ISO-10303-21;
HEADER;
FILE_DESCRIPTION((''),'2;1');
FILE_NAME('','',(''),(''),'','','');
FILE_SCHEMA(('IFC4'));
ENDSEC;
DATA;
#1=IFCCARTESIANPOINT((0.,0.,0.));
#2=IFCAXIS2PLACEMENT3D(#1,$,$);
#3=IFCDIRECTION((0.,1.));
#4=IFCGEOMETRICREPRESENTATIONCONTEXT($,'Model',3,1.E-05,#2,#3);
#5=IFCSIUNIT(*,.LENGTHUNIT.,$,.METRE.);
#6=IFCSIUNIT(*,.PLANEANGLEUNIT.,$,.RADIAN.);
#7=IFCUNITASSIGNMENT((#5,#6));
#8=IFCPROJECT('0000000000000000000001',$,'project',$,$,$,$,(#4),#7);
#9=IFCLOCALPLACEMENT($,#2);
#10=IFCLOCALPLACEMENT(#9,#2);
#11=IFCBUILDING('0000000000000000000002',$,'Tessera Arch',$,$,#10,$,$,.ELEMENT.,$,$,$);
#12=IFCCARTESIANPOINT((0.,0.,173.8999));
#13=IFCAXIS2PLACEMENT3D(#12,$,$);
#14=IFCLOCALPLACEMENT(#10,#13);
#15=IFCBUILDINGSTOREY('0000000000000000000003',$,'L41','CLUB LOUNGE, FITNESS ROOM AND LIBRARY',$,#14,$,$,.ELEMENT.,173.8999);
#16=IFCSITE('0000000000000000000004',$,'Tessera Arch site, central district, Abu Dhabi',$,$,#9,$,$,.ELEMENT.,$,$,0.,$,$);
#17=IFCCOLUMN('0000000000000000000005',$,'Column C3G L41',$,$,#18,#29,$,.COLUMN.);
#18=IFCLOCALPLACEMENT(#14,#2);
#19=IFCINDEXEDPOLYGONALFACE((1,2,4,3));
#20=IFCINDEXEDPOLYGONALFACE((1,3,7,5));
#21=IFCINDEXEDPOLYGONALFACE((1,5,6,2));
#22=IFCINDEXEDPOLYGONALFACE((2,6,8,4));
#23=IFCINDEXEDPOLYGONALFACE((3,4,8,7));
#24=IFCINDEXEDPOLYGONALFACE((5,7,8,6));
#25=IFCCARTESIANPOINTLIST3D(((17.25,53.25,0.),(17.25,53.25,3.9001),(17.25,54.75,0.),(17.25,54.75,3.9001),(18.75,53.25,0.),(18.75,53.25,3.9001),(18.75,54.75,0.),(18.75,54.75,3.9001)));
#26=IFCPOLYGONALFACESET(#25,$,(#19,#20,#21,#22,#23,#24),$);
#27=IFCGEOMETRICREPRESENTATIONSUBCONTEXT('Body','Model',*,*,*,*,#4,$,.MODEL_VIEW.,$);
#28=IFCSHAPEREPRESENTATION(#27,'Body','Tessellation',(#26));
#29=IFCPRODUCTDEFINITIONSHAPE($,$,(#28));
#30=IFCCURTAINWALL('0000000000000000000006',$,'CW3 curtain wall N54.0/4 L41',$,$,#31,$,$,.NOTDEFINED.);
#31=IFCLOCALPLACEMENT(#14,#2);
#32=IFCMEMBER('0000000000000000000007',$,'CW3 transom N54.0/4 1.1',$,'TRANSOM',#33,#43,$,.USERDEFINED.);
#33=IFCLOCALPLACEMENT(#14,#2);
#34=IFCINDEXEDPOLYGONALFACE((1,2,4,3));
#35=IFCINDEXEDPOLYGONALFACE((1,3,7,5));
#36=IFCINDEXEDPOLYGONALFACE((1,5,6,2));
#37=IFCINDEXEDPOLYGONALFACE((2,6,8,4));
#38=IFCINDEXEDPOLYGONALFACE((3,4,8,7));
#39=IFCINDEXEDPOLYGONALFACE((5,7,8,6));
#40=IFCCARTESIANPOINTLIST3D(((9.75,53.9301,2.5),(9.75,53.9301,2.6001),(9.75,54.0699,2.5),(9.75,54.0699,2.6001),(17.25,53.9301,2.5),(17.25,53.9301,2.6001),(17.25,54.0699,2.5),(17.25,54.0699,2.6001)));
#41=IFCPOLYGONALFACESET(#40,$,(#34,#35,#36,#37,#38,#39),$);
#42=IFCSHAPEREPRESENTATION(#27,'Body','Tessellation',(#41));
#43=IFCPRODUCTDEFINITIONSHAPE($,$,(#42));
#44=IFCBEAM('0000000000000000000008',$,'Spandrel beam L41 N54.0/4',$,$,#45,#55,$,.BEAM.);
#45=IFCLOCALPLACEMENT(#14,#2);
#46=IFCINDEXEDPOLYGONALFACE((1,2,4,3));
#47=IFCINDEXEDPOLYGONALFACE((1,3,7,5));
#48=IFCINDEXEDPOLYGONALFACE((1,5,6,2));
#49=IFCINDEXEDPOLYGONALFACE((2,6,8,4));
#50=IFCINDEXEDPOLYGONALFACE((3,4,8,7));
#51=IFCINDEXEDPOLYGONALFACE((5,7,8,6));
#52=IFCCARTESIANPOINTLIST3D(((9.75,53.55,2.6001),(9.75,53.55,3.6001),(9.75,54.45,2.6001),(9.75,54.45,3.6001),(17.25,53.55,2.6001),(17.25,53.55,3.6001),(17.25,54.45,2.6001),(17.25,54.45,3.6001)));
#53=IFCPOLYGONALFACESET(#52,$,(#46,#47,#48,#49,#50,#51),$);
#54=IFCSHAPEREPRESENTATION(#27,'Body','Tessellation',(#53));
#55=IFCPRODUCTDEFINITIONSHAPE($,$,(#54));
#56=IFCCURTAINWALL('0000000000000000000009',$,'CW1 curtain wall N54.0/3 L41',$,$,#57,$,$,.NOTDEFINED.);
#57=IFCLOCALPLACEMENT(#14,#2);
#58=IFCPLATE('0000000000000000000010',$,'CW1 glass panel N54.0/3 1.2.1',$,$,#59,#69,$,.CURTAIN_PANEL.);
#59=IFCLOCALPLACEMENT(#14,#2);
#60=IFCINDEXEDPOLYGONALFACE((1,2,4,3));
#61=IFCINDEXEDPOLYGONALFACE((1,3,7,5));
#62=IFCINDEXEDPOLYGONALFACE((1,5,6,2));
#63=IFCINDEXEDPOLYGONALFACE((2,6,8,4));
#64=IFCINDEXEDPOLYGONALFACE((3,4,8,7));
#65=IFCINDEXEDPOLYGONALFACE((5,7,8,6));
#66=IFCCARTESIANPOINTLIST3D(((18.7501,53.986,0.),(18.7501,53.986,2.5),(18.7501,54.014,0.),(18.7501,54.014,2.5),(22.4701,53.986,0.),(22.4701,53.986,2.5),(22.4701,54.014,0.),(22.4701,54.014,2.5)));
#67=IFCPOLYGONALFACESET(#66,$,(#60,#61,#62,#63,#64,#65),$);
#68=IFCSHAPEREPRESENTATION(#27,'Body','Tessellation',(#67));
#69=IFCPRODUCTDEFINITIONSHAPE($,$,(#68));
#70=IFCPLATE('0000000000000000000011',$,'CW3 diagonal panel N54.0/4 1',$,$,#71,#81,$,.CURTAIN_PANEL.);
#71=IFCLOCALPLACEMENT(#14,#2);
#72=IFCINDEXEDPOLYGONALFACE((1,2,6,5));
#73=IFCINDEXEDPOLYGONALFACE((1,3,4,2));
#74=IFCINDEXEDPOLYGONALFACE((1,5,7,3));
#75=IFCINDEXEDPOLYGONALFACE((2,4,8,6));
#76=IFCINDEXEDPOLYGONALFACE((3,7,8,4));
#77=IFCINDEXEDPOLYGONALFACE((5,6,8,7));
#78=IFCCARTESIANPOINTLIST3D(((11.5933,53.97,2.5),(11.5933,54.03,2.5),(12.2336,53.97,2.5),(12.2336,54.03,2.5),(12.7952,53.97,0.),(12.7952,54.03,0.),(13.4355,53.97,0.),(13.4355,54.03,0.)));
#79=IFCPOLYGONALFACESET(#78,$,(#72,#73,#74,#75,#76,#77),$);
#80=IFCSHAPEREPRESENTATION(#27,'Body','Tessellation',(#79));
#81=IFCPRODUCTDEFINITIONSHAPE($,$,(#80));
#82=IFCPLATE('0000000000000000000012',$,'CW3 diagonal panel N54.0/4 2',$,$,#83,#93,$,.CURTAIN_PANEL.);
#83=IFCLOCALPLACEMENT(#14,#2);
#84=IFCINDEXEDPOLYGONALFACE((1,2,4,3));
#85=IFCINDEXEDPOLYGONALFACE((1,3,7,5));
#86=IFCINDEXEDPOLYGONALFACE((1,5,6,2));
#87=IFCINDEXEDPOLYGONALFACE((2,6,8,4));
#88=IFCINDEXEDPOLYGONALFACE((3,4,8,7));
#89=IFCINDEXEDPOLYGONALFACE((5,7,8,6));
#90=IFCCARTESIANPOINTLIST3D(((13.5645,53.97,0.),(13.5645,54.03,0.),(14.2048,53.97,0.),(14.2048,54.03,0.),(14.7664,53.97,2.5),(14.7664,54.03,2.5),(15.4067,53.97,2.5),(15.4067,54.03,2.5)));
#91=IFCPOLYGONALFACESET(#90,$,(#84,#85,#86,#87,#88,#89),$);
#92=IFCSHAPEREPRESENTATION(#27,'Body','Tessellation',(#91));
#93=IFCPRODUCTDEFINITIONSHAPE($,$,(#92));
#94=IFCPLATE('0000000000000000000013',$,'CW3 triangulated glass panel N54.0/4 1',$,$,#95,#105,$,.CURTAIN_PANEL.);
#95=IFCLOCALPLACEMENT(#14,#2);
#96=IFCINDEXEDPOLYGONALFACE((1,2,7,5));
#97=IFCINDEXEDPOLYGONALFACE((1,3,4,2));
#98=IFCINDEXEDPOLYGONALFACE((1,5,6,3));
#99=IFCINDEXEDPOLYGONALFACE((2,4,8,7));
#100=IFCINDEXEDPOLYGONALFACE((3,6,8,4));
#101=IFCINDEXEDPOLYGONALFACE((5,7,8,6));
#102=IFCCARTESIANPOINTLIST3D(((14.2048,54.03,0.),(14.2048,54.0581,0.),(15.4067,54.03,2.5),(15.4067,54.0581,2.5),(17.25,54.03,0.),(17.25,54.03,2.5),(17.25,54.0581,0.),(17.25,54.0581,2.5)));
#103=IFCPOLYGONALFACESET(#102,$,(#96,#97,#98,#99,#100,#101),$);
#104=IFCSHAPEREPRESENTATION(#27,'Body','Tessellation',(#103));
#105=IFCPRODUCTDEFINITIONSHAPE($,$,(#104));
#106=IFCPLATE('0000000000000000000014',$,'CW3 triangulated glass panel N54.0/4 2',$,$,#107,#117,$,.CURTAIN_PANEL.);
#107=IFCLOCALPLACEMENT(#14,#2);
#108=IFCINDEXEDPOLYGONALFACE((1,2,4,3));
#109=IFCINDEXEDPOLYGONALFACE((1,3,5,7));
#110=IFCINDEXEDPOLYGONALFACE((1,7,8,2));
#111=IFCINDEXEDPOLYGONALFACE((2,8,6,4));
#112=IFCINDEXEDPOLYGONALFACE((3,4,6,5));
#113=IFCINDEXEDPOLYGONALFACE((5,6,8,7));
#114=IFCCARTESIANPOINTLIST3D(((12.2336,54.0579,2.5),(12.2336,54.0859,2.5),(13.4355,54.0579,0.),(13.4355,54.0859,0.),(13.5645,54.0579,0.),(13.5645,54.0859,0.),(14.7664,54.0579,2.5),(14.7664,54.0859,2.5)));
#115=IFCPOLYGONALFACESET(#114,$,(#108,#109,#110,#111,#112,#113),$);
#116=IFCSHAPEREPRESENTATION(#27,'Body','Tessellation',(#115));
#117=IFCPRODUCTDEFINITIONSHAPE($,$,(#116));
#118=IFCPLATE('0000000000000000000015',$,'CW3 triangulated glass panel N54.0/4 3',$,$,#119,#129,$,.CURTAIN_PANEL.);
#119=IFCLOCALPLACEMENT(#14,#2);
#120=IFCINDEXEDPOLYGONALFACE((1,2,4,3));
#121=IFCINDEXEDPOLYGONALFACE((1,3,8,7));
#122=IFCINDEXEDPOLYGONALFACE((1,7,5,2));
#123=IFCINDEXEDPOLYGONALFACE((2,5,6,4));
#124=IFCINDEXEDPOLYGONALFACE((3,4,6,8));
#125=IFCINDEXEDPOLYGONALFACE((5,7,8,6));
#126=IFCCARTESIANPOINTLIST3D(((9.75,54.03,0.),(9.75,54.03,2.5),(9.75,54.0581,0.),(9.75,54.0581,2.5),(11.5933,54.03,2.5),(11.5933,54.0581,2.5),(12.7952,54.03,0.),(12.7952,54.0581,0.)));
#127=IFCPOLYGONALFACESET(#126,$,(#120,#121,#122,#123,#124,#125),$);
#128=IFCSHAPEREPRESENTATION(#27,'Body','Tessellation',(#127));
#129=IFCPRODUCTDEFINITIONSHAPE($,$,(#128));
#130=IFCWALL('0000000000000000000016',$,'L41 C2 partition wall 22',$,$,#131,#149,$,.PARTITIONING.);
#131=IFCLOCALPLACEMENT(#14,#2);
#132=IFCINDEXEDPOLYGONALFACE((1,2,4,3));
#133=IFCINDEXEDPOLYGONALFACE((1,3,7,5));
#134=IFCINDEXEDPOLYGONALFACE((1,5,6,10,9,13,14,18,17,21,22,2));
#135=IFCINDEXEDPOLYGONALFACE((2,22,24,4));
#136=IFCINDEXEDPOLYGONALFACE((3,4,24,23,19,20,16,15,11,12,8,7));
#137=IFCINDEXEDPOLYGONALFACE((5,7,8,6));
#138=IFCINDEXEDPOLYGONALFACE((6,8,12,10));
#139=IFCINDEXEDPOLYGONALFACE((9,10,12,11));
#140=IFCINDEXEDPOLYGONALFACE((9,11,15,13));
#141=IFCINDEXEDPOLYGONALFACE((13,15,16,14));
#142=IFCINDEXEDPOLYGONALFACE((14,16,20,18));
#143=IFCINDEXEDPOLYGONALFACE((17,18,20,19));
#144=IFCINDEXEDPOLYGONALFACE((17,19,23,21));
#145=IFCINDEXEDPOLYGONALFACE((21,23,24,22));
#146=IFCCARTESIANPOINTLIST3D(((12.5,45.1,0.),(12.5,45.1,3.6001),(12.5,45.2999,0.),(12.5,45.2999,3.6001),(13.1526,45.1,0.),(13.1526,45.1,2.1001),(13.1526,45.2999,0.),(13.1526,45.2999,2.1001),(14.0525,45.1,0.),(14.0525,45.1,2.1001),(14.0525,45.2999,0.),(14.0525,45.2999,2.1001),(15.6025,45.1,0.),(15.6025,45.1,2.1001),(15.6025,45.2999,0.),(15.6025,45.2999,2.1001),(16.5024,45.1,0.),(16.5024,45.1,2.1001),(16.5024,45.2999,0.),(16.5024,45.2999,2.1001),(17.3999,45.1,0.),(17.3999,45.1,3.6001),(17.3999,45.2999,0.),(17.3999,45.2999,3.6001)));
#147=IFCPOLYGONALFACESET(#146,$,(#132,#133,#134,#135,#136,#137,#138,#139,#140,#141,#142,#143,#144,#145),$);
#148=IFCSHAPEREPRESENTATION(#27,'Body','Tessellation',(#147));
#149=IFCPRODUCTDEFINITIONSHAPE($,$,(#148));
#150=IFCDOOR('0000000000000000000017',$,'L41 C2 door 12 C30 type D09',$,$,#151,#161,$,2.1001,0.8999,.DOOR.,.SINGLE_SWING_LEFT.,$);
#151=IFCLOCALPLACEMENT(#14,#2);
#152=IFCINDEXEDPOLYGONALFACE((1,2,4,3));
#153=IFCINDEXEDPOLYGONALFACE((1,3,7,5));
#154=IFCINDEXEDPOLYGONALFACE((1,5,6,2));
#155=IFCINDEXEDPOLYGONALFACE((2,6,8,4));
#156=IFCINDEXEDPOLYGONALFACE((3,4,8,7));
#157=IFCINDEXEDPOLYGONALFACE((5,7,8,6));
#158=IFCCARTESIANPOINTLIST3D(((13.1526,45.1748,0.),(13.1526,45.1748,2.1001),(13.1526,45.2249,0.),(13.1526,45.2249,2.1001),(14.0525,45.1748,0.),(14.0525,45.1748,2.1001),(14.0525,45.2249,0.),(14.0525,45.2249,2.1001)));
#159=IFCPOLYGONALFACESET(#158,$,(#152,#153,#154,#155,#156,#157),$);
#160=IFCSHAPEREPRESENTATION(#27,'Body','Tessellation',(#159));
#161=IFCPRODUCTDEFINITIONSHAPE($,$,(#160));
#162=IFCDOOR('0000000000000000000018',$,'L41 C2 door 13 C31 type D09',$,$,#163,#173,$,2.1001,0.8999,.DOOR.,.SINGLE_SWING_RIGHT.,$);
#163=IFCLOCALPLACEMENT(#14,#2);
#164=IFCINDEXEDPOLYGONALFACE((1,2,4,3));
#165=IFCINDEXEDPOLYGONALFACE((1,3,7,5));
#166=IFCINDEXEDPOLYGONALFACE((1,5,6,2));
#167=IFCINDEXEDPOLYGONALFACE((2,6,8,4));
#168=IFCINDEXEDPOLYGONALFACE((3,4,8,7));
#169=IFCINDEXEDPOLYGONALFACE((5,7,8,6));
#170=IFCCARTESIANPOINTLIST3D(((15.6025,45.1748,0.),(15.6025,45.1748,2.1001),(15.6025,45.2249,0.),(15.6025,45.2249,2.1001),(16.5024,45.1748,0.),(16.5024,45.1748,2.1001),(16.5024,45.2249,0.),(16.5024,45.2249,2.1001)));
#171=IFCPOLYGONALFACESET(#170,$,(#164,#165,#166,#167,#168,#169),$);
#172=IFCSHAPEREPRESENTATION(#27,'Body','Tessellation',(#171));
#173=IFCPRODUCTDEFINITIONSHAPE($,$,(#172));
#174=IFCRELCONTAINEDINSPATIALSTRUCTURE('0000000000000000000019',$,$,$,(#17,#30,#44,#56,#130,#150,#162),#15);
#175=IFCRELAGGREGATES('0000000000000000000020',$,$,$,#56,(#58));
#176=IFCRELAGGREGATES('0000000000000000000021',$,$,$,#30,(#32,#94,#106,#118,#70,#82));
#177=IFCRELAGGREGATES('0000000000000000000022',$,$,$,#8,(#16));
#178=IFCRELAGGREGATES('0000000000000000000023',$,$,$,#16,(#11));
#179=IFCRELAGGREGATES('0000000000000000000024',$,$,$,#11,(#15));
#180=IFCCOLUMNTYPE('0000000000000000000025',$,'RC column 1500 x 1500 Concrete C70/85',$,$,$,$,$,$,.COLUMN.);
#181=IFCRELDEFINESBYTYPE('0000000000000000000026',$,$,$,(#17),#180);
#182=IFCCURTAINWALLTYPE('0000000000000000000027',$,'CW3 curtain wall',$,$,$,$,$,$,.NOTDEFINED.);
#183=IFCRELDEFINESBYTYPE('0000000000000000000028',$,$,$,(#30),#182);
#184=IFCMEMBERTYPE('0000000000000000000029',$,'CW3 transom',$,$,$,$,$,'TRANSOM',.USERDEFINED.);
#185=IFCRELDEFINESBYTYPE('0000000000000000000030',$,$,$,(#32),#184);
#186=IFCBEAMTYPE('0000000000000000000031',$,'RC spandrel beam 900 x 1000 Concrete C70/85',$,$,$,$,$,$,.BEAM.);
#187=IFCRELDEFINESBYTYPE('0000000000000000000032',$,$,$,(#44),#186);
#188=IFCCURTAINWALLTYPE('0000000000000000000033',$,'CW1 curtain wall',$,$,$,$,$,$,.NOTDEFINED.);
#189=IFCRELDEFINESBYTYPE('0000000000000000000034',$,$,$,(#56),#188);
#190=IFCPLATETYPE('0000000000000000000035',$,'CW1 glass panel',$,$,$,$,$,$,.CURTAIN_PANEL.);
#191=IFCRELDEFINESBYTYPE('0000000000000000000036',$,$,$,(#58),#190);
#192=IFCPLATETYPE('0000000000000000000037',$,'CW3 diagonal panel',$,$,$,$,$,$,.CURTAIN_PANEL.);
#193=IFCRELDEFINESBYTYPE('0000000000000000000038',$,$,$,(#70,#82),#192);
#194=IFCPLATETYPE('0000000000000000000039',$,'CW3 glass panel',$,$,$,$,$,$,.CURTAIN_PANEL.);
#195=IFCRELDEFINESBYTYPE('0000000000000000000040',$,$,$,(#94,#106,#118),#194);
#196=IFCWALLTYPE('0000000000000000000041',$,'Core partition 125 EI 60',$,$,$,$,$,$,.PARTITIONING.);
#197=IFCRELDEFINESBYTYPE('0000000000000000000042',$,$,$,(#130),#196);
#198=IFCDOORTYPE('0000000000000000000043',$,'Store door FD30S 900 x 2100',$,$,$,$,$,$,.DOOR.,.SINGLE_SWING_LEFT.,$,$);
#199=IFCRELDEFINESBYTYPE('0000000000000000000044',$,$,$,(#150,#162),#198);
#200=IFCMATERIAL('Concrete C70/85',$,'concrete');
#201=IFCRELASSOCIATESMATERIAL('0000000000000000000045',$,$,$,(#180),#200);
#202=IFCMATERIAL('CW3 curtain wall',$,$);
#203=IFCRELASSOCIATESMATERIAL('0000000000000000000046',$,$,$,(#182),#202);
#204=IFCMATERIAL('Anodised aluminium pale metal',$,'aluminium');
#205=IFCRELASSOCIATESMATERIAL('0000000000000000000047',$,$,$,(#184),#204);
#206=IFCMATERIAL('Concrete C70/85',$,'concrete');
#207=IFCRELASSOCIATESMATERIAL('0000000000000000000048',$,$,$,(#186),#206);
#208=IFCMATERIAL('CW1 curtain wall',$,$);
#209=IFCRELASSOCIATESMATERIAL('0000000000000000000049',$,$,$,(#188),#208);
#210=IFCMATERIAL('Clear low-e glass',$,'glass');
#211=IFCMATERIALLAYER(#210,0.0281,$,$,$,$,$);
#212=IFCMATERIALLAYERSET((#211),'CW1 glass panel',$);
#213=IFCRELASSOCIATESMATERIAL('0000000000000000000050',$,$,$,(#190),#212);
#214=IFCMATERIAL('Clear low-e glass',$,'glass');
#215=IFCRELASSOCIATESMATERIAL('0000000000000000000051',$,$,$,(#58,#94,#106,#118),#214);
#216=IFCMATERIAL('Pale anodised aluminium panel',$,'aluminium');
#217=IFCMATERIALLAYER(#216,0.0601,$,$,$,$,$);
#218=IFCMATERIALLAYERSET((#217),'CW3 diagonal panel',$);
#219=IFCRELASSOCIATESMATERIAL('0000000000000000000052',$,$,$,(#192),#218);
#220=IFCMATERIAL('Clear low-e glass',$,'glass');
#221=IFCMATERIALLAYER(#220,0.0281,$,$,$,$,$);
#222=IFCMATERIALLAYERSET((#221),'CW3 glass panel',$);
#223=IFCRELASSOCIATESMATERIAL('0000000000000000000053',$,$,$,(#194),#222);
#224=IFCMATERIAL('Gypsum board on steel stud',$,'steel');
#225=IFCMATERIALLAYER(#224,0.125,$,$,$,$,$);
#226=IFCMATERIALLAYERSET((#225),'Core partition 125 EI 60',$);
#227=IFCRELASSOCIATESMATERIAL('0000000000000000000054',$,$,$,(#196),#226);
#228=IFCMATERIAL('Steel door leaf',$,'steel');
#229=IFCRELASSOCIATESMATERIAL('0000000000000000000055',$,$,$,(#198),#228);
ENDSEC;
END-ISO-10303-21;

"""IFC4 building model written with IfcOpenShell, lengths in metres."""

from ifc_helpers import new_model, si_unit, direction, frame, frame_2d, origin, origin_2d, place, context, subcontext, project, spatial, polyline, rectangle, outline, extrude, material, layer, layer_set, material_profile, profile_set, type_object, element, fill, aggregate, save


model = new_model("IFC4")

# Units and contexts
model_context = context("Model", 3, precision=1e-05, world=origin(), true_north=direction((0.0, 1.0)))
body_context = subcontext(model_context, "Body", "Model", "MODEL_VIEW")
ifc_project = project(units=[si_unit("LENGTHUNIT", "METRE"), si_unit("PLANEANGLEUNIT", "RADIAN")], contexts=[model_context])

# Site, building, storey
site_placement = place(None, origin())
site = spatial("IfcSite", under=ifc_project, at=site_placement, Name="Tessera Arch site, central district, Abu Dhabi", CompositionType="ELEMENT", RefElevation=0.0)
building_placement = place(site_placement, origin())
building = spatial("IfcBuilding", under=site, at=building_placement, Name="Tessera Arch", CompositionType="ELEMENT")
storey_placement = place(building_placement, frame((0.0, 0.0, 173.8999)))
storey = spatial("IfcBuildingStorey", under=building, at=storey_placement, Name="L41", Description="CLUB LOUNGE, FITNESS ROOM AND LIBRARY", CompositionType="ELEMENT", Elevation=173.8999)

# Column
ifc_material_1 = material(Name="Concrete C70/85", Category="concrete")
ifc_material_profile_1 = material_profile(ifc_material_1, rectangle(XDim=1.5, YDim=1.5, at=origin_2d()), Name="RC column 1500 x 1500 Concrete C70/85")
ifc_profile_set_1 = profile_set([ifc_material_profile_1], Name="Concrete C70/85")
column_type = type_object("IfcColumnType", Name="RC column 1500 x 1500 Concrete C70/85", PredefinedType="COLUMN", material=ifc_profile_set_1)
column_placement = place(storey_placement, frame((18.0, 54.0, 0.0), z_axis=(0.0, 0.0, 1.0), x_axis=(1.0, 0.0, 0.0)))
element("IfcColumn", 1, at=column_placement, inside=storey, type_object=column_type, Name="Column C3G L41", PredefinedType="COLUMN", context=body_context, shape_type="SweptSolid", body=[
    extrude(rectangle(XDim=1.5, YDim=1.5, at=origin_2d()), origin(), (0.0, 0.0, 1.0), 3.9001),
])

# Curtain wall, member
ifc_material_2 = material(Name="CW3 curtain wall")
curtain_wall_type_1 = type_object("IfcCurtainWallType", Name="CW3 curtain wall", PredefinedType="NOTDEFINED", material=ifc_material_2)
curtain_wall_1_placement = place(storey_placement, origin())
curtain_wall_1 = element("IfcCurtainWall", 2, at=curtain_wall_1_placement, inside=storey, type_object=curtain_wall_type_1, Name="CW3 curtain wall N54.0/4 L41", PredefinedType="NOTDEFINED")
ifc_material_3 = material(Name="Anodised aluminium pale metal", Category="aluminium")
ifc_material_profile_2 = material_profile(ifc_material_3, rectangle(XDim=0.1399, YDim=0.1001, at=origin_2d()), Name="AL 140x100")
ifc_profile_set_2 = profile_set([ifc_material_profile_2], Name="Anodised aluminium pale metal")
member_type = type_object("IfcMemberType", Name="CW3 transom", ElementType="TRANSOM", PredefinedType="USERDEFINED", material=ifc_profile_set_2)
member_placement = place(storey_placement, frame((17.25, 54.0, 2.55), z_axis=(-1.0, 0.0, 0.0), x_axis=(0.0, -1.0, 0.0)))
member = element("IfcMember", 3, at=member_placement, type_object=member_type, Name="CW3 transom N54.0/4 1.1", ObjectType="TRANSOM", PredefinedType="USERDEFINED", context=body_context, shape_type="SweptSolid", body=[
    extrude(rectangle(XDim=0.1399, YDim=0.1001, at=origin_2d()), origin(), (0.0, 0.0, 1.0), 7.5),
])

# Beam
ifc_material_4 = material(Name="Concrete C70/85", Category="concrete")
ifc_material_profile_3 = material_profile(ifc_material_4, rectangle(XDim=0.8999, YDim=1.0, at=origin_2d()), Name="RC spandrel beam 900 x 1000 Concrete C70/85")
ifc_profile_set_3 = profile_set([ifc_material_profile_3], Name="Concrete C70/85")
beam_type = type_object("IfcBeamType", Name="RC spandrel beam 900 x 1000 Concrete C70/85", PredefinedType="BEAM", material=ifc_profile_set_3)
beam_placement = place(storey_placement, frame((17.25, 54.0, 3.1001), z_axis=(-1.0, 0.0, 0.0), x_axis=(0.0, -1.0, 0.0)))
element("IfcBeam", 4, at=beam_placement, inside=storey, type_object=beam_type, Name="Spandrel beam L41 N54.0/4", PredefinedType="BEAM", context=body_context, shape_type="SweptSolid", body=[
    extrude(rectangle(XDim=0.8999, YDim=1.0, at=origin_2d()), origin(), (0.0, 0.0, 1.0), 7.5),
])

# Curtain wall, plate
ifc_material_5 = material(Name="CW1 curtain wall")
curtain_wall_type_2 = type_object("IfcCurtainWallType", Name="CW1 curtain wall", PredefinedType="NOTDEFINED", material=ifc_material_5)
curtain_wall_2_placement = place(storey_placement, origin())
curtain_wall_2 = element("IfcCurtainWall", 5, at=curtain_wall_2_placement, inside=storey, type_object=curtain_wall_type_2, Name="CW1 curtain wall N54.0/3 L41", PredefinedType="NOTDEFINED")
ifc_material_6 = material(Name="Clear low-e glass", Category="glass")
ifc_material_7 = material(Name="Clear low-e glass", Category="glass")
ifc_layer_1 = layer(ifc_material_7, 0.0281)
ifc_layer_set_1 = layer_set([ifc_layer_1], Name="CW1 glass panel")
plate_type_1 = type_object("IfcPlateType", Name="CW1 glass panel", PredefinedType="CURTAIN_PANEL", material=ifc_layer_set_1)
plate_1_placement = place(storey_placement, frame((20.6101, 54.0, 0.0), z_axis=(0.0, 0.0, 1.0), x_axis=(-1.0, 0.0, 0.0)))
plate_1 = element("IfcPlate", 6, at=plate_1_placement, type_object=plate_type_1, material=ifc_material_6, Name="CW1 glass panel N54.0/3 1.2.1", PredefinedType="CURTAIN_PANEL", context=body_context, shape_type="SweptSolid", body=[
    extrude(rectangle(XDim=3.72, YDim=0.0281, at=origin_2d()), origin(), (0.0, 0.0, 1.0), 2.5),
])
aggregate(curtain_wall_2, [plate_1])

# Plates
ifc_material_8 = material(Name="Pale anodised aluminium panel", Category="aluminium")
ifc_layer_2 = layer(ifc_material_8, 0.0601)
ifc_layer_set_2 = layer_set([ifc_layer_2], Name="CW3 diagonal panel")
plate_type_2 = type_object("IfcPlateType", Name="CW3 diagonal panel", PredefinedType="CURTAIN_PANEL", material=ifc_layer_set_2)
plate_2_placement = place(storey_placement, frame((11.5933, 54.03, 2.5), z_axis=(0.0, 1.0, 0.0), x_axis=(1.0, 0.0, 0.0)))
plate_2 = element("IfcPlate", 7, at=plate_2_placement, type_object=plate_type_2, Name="CW3 diagonal panel N54.0/4 1", PredefinedType="CURTAIN_PANEL", context=body_context, shape_type="SweptSolid", body=[
    extrude(outline(polyline([(0.0, 0.0), (0.6404, 0.0), (1.8423, 2.5), (1.2019, 2.5), (0.0, 0.0)])), origin(), (0.0, 0.0, -1.0), 0.0601),
])
plate_3_placement = place(storey_placement, frame((14.7664, 54.03, 2.5), z_axis=(0.0, 1.0, 0.0), x_axis=(1.0, 0.0, 0.0)))
plate_3 = element("IfcPlate", 8, at=plate_3_placement, type_object=plate_type_2, Name="CW3 diagonal panel N54.0/4 2", PredefinedType="CURTAIN_PANEL", context=body_context, shape_type="SweptSolid", body=[
    extrude(outline(polyline([(0.0, 0.0), (0.6404, 0.0), (-0.5615, 2.5), (-1.2019, 2.5), (0.0, 0.0)])), origin(), (0.0, 0.0, -1.0), 0.0601),
])
ifc_material_9 = material(Name="Clear low-e glass", Category="glass")
ifc_layer_3 = layer(ifc_material_9, 0.0281)
ifc_layer_set_3 = layer_set([ifc_layer_3], Name="CW3 glass panel")
plate_type_3 = type_object("IfcPlateType", Name="CW3 glass panel", PredefinedType="CURTAIN_PANEL", material=ifc_layer_set_3)
plate_4_placement = place(storey_placement, frame((17.25, 54.0581, 0.0), z_axis=(0.0, 1.0, 0.0), x_axis=(-1.0, 0.0, 0.0)))
plate_4 = element("IfcPlate", 9, at=plate_4_placement, type_object=plate_type_3, material=ifc_material_6, Name="CW3 triangulated glass panel N54.0/4 1", PredefinedType="CURTAIN_PANEL", context=body_context, shape_type="SweptSolid", body=[
    extrude(outline(polyline([(0.0, 0.0), (3.0452, 0.0), (1.8433, 2.5), (0.0, 2.5), (0.0, 0.0)])), origin(), (0.0, 0.0, -1.0), 0.0281),
])
plate_5_placement = place(storey_placement, frame((12.2336, 54.0859, 2.5), z_axis=(0.0, 1.0, 0.0), x_axis=(1.0, 0.0, 0.0)))
plate_5 = element("IfcPlate", 10, at=plate_5_placement, type_object=plate_type_3, material=ifc_material_6, Name="CW3 triangulated glass panel N54.0/4 2", PredefinedType="CURTAIN_PANEL", context=body_context, shape_type="SweptSolid", body=[
    extrude(outline(polyline([(0.0, 0.0), (2.5327, 0.0), (1.3308, 2.5), (1.2019, 2.5), (0.0, 0.0)])), origin(), (0.0, 0.0, -1.0), 0.0281),
])
plate_6_placement = place(storey_placement, frame((9.75, 54.0581, 2.5), z_axis=(0.0, 1.0, 0.0), x_axis=(1.0, 0.0, 0.0)))
plate_6 = element("IfcPlate", 11, at=plate_6_placement, type_object=plate_type_3, material=ifc_material_6, Name="CW3 triangulated glass panel N54.0/4 3", PredefinedType="CURTAIN_PANEL", context=body_context, shape_type="SweptSolid", body=[
    extrude(outline(polyline([(0.0, 0.0), (1.8433, 0.0), (3.0452, 2.5), (0.0, 2.5), (0.0, 0.0)])), origin(), (0.0, 0.0, -1.0), 0.0281),
])
aggregate(curtain_wall_1, [member, plate_4, plate_5, plate_6, plate_2, plate_3])

# Wall, openings, doors
ifc_material_10 = material(Name="Gypsum board on steel stud", Category="steel")
ifc_layer_4 = layer(ifc_material_10, 0.125)
ifc_layer_set_4 = layer_set([ifc_layer_4], Name="Core partition 125 EI 60")
wall_type_1 = type_object("IfcWallType", Name="Core partition 125 EI 60", PredefinedType="PARTITIONING", material=ifc_layer_set_4)
wall_1_placement = place(storey_placement, frame((12.5, 45.2, 0.0), z_axis=(0.0, 0.0, 1.0), x_axis=(1.0, 0.0, 0.0)))
wall_1 = element("IfcWall", 12, at=wall_1_placement, inside=storey, type_object=wall_type_1, Name="L41 C2 partition wall 22", PredefinedType="PARTITIONING", context=body_context, shape_type="SweptSolid", body=[
    extrude(rectangle(XDim=4.8999, YDim=0.2, at=frame_2d((2.45, 0.0))), origin(), (0.0, 0.0, 1.0), 3.6001),
])
opening_1_placement = place(wall_1_placement, frame((0.6526, 0.0, 0.0)))
opening_1 = element("IfcOpeningElement", 13, at=opening_1_placement, cuts=wall_1, PredefinedType="OPENING", context=body_context, shape_type="SweptSolid", body=[
    extrude(rectangle(XDim=0.8999, YDim=2.1001, at=frame_2d((0.45, 1.05))), frame((0.0, 0.1099, 0.0), z_axis=(0.0, -1.0, 0.0), x_axis=(1.0, 0.0, 0.0)), (0.0, 0.0, 1.0), 0.22),
])
opening_2_placement = place(wall_1_placement, frame((3.1025, 0.0, 0.0)))
opening_2 = element("IfcOpeningElement", 14, at=opening_2_placement, cuts=wall_1, PredefinedType="OPENING", context=body_context, shape_type="SweptSolid", body=[
    extrude(rectangle(XDim=0.8999, YDim=2.1001, at=frame_2d((0.45, 1.05))), frame((0.0, 0.1099, 0.0), z_axis=(0.0, -1.0, 0.0), x_axis=(1.0, 0.0, 0.0)), (0.0, 0.0, 1.0), 0.22),
])
ifc_material_11 = material(Name="Steel door leaf", Category="steel")
door_type_1 = type_object("IfcDoorType", Name="Store door FD30S 900 x 2100", OperationType="SINGLE_SWING_LEFT", PredefinedType="DOOR", material=ifc_material_11)
door_1_placement = place(opening_1_placement, origin())
door_1 = element("IfcDoor", 15, at=door_1_placement, inside=storey, type_object=door_type_1, Name="L41 C2 door 12 C30 type D09", OperationType="SINGLE_SWING_LEFT", OverallHeight=2.1001, OverallWidth=0.8999, PredefinedType="DOOR", context=body_context, shape_type="SweptSolid", body=[
    extrude(rectangle(XDim=0.8999, YDim=2.1001, at=frame_2d((0.45, 1.05))), frame((0.0, 0.0249, 0.0), z_axis=(0.0, -1.0, 0.0), x_axis=(1.0, 0.0, 0.0)), (0.0, 0.0, 1.0), 0.05),
])
fill(opening_1, door_1)
door_2_placement = place(opening_2_placement, origin())
door_2 = element("IfcDoor", 16, at=door_2_placement, inside=storey, type_object=door_type_1, Name="L41 C2 door 13 C31 type D09", OperationType="SINGLE_SWING_RIGHT", OverallHeight=2.1001, OverallWidth=0.8999, PredefinedType="DOOR", context=body_context, shape_type="SweptSolid", body=[
    extrude(rectangle(XDim=0.8999, YDim=2.1001, at=frame_2d((0.45, 1.05))), frame((0.0, 0.0249, 0.0), z_axis=(0.0, -1.0, 0.0), x_axis=(1.0, 0.0, 0.0)), (0.0, 0.0, 1.0), 0.05),
])
fill(opening_2, door_2)

save(model, "model.ifc")
